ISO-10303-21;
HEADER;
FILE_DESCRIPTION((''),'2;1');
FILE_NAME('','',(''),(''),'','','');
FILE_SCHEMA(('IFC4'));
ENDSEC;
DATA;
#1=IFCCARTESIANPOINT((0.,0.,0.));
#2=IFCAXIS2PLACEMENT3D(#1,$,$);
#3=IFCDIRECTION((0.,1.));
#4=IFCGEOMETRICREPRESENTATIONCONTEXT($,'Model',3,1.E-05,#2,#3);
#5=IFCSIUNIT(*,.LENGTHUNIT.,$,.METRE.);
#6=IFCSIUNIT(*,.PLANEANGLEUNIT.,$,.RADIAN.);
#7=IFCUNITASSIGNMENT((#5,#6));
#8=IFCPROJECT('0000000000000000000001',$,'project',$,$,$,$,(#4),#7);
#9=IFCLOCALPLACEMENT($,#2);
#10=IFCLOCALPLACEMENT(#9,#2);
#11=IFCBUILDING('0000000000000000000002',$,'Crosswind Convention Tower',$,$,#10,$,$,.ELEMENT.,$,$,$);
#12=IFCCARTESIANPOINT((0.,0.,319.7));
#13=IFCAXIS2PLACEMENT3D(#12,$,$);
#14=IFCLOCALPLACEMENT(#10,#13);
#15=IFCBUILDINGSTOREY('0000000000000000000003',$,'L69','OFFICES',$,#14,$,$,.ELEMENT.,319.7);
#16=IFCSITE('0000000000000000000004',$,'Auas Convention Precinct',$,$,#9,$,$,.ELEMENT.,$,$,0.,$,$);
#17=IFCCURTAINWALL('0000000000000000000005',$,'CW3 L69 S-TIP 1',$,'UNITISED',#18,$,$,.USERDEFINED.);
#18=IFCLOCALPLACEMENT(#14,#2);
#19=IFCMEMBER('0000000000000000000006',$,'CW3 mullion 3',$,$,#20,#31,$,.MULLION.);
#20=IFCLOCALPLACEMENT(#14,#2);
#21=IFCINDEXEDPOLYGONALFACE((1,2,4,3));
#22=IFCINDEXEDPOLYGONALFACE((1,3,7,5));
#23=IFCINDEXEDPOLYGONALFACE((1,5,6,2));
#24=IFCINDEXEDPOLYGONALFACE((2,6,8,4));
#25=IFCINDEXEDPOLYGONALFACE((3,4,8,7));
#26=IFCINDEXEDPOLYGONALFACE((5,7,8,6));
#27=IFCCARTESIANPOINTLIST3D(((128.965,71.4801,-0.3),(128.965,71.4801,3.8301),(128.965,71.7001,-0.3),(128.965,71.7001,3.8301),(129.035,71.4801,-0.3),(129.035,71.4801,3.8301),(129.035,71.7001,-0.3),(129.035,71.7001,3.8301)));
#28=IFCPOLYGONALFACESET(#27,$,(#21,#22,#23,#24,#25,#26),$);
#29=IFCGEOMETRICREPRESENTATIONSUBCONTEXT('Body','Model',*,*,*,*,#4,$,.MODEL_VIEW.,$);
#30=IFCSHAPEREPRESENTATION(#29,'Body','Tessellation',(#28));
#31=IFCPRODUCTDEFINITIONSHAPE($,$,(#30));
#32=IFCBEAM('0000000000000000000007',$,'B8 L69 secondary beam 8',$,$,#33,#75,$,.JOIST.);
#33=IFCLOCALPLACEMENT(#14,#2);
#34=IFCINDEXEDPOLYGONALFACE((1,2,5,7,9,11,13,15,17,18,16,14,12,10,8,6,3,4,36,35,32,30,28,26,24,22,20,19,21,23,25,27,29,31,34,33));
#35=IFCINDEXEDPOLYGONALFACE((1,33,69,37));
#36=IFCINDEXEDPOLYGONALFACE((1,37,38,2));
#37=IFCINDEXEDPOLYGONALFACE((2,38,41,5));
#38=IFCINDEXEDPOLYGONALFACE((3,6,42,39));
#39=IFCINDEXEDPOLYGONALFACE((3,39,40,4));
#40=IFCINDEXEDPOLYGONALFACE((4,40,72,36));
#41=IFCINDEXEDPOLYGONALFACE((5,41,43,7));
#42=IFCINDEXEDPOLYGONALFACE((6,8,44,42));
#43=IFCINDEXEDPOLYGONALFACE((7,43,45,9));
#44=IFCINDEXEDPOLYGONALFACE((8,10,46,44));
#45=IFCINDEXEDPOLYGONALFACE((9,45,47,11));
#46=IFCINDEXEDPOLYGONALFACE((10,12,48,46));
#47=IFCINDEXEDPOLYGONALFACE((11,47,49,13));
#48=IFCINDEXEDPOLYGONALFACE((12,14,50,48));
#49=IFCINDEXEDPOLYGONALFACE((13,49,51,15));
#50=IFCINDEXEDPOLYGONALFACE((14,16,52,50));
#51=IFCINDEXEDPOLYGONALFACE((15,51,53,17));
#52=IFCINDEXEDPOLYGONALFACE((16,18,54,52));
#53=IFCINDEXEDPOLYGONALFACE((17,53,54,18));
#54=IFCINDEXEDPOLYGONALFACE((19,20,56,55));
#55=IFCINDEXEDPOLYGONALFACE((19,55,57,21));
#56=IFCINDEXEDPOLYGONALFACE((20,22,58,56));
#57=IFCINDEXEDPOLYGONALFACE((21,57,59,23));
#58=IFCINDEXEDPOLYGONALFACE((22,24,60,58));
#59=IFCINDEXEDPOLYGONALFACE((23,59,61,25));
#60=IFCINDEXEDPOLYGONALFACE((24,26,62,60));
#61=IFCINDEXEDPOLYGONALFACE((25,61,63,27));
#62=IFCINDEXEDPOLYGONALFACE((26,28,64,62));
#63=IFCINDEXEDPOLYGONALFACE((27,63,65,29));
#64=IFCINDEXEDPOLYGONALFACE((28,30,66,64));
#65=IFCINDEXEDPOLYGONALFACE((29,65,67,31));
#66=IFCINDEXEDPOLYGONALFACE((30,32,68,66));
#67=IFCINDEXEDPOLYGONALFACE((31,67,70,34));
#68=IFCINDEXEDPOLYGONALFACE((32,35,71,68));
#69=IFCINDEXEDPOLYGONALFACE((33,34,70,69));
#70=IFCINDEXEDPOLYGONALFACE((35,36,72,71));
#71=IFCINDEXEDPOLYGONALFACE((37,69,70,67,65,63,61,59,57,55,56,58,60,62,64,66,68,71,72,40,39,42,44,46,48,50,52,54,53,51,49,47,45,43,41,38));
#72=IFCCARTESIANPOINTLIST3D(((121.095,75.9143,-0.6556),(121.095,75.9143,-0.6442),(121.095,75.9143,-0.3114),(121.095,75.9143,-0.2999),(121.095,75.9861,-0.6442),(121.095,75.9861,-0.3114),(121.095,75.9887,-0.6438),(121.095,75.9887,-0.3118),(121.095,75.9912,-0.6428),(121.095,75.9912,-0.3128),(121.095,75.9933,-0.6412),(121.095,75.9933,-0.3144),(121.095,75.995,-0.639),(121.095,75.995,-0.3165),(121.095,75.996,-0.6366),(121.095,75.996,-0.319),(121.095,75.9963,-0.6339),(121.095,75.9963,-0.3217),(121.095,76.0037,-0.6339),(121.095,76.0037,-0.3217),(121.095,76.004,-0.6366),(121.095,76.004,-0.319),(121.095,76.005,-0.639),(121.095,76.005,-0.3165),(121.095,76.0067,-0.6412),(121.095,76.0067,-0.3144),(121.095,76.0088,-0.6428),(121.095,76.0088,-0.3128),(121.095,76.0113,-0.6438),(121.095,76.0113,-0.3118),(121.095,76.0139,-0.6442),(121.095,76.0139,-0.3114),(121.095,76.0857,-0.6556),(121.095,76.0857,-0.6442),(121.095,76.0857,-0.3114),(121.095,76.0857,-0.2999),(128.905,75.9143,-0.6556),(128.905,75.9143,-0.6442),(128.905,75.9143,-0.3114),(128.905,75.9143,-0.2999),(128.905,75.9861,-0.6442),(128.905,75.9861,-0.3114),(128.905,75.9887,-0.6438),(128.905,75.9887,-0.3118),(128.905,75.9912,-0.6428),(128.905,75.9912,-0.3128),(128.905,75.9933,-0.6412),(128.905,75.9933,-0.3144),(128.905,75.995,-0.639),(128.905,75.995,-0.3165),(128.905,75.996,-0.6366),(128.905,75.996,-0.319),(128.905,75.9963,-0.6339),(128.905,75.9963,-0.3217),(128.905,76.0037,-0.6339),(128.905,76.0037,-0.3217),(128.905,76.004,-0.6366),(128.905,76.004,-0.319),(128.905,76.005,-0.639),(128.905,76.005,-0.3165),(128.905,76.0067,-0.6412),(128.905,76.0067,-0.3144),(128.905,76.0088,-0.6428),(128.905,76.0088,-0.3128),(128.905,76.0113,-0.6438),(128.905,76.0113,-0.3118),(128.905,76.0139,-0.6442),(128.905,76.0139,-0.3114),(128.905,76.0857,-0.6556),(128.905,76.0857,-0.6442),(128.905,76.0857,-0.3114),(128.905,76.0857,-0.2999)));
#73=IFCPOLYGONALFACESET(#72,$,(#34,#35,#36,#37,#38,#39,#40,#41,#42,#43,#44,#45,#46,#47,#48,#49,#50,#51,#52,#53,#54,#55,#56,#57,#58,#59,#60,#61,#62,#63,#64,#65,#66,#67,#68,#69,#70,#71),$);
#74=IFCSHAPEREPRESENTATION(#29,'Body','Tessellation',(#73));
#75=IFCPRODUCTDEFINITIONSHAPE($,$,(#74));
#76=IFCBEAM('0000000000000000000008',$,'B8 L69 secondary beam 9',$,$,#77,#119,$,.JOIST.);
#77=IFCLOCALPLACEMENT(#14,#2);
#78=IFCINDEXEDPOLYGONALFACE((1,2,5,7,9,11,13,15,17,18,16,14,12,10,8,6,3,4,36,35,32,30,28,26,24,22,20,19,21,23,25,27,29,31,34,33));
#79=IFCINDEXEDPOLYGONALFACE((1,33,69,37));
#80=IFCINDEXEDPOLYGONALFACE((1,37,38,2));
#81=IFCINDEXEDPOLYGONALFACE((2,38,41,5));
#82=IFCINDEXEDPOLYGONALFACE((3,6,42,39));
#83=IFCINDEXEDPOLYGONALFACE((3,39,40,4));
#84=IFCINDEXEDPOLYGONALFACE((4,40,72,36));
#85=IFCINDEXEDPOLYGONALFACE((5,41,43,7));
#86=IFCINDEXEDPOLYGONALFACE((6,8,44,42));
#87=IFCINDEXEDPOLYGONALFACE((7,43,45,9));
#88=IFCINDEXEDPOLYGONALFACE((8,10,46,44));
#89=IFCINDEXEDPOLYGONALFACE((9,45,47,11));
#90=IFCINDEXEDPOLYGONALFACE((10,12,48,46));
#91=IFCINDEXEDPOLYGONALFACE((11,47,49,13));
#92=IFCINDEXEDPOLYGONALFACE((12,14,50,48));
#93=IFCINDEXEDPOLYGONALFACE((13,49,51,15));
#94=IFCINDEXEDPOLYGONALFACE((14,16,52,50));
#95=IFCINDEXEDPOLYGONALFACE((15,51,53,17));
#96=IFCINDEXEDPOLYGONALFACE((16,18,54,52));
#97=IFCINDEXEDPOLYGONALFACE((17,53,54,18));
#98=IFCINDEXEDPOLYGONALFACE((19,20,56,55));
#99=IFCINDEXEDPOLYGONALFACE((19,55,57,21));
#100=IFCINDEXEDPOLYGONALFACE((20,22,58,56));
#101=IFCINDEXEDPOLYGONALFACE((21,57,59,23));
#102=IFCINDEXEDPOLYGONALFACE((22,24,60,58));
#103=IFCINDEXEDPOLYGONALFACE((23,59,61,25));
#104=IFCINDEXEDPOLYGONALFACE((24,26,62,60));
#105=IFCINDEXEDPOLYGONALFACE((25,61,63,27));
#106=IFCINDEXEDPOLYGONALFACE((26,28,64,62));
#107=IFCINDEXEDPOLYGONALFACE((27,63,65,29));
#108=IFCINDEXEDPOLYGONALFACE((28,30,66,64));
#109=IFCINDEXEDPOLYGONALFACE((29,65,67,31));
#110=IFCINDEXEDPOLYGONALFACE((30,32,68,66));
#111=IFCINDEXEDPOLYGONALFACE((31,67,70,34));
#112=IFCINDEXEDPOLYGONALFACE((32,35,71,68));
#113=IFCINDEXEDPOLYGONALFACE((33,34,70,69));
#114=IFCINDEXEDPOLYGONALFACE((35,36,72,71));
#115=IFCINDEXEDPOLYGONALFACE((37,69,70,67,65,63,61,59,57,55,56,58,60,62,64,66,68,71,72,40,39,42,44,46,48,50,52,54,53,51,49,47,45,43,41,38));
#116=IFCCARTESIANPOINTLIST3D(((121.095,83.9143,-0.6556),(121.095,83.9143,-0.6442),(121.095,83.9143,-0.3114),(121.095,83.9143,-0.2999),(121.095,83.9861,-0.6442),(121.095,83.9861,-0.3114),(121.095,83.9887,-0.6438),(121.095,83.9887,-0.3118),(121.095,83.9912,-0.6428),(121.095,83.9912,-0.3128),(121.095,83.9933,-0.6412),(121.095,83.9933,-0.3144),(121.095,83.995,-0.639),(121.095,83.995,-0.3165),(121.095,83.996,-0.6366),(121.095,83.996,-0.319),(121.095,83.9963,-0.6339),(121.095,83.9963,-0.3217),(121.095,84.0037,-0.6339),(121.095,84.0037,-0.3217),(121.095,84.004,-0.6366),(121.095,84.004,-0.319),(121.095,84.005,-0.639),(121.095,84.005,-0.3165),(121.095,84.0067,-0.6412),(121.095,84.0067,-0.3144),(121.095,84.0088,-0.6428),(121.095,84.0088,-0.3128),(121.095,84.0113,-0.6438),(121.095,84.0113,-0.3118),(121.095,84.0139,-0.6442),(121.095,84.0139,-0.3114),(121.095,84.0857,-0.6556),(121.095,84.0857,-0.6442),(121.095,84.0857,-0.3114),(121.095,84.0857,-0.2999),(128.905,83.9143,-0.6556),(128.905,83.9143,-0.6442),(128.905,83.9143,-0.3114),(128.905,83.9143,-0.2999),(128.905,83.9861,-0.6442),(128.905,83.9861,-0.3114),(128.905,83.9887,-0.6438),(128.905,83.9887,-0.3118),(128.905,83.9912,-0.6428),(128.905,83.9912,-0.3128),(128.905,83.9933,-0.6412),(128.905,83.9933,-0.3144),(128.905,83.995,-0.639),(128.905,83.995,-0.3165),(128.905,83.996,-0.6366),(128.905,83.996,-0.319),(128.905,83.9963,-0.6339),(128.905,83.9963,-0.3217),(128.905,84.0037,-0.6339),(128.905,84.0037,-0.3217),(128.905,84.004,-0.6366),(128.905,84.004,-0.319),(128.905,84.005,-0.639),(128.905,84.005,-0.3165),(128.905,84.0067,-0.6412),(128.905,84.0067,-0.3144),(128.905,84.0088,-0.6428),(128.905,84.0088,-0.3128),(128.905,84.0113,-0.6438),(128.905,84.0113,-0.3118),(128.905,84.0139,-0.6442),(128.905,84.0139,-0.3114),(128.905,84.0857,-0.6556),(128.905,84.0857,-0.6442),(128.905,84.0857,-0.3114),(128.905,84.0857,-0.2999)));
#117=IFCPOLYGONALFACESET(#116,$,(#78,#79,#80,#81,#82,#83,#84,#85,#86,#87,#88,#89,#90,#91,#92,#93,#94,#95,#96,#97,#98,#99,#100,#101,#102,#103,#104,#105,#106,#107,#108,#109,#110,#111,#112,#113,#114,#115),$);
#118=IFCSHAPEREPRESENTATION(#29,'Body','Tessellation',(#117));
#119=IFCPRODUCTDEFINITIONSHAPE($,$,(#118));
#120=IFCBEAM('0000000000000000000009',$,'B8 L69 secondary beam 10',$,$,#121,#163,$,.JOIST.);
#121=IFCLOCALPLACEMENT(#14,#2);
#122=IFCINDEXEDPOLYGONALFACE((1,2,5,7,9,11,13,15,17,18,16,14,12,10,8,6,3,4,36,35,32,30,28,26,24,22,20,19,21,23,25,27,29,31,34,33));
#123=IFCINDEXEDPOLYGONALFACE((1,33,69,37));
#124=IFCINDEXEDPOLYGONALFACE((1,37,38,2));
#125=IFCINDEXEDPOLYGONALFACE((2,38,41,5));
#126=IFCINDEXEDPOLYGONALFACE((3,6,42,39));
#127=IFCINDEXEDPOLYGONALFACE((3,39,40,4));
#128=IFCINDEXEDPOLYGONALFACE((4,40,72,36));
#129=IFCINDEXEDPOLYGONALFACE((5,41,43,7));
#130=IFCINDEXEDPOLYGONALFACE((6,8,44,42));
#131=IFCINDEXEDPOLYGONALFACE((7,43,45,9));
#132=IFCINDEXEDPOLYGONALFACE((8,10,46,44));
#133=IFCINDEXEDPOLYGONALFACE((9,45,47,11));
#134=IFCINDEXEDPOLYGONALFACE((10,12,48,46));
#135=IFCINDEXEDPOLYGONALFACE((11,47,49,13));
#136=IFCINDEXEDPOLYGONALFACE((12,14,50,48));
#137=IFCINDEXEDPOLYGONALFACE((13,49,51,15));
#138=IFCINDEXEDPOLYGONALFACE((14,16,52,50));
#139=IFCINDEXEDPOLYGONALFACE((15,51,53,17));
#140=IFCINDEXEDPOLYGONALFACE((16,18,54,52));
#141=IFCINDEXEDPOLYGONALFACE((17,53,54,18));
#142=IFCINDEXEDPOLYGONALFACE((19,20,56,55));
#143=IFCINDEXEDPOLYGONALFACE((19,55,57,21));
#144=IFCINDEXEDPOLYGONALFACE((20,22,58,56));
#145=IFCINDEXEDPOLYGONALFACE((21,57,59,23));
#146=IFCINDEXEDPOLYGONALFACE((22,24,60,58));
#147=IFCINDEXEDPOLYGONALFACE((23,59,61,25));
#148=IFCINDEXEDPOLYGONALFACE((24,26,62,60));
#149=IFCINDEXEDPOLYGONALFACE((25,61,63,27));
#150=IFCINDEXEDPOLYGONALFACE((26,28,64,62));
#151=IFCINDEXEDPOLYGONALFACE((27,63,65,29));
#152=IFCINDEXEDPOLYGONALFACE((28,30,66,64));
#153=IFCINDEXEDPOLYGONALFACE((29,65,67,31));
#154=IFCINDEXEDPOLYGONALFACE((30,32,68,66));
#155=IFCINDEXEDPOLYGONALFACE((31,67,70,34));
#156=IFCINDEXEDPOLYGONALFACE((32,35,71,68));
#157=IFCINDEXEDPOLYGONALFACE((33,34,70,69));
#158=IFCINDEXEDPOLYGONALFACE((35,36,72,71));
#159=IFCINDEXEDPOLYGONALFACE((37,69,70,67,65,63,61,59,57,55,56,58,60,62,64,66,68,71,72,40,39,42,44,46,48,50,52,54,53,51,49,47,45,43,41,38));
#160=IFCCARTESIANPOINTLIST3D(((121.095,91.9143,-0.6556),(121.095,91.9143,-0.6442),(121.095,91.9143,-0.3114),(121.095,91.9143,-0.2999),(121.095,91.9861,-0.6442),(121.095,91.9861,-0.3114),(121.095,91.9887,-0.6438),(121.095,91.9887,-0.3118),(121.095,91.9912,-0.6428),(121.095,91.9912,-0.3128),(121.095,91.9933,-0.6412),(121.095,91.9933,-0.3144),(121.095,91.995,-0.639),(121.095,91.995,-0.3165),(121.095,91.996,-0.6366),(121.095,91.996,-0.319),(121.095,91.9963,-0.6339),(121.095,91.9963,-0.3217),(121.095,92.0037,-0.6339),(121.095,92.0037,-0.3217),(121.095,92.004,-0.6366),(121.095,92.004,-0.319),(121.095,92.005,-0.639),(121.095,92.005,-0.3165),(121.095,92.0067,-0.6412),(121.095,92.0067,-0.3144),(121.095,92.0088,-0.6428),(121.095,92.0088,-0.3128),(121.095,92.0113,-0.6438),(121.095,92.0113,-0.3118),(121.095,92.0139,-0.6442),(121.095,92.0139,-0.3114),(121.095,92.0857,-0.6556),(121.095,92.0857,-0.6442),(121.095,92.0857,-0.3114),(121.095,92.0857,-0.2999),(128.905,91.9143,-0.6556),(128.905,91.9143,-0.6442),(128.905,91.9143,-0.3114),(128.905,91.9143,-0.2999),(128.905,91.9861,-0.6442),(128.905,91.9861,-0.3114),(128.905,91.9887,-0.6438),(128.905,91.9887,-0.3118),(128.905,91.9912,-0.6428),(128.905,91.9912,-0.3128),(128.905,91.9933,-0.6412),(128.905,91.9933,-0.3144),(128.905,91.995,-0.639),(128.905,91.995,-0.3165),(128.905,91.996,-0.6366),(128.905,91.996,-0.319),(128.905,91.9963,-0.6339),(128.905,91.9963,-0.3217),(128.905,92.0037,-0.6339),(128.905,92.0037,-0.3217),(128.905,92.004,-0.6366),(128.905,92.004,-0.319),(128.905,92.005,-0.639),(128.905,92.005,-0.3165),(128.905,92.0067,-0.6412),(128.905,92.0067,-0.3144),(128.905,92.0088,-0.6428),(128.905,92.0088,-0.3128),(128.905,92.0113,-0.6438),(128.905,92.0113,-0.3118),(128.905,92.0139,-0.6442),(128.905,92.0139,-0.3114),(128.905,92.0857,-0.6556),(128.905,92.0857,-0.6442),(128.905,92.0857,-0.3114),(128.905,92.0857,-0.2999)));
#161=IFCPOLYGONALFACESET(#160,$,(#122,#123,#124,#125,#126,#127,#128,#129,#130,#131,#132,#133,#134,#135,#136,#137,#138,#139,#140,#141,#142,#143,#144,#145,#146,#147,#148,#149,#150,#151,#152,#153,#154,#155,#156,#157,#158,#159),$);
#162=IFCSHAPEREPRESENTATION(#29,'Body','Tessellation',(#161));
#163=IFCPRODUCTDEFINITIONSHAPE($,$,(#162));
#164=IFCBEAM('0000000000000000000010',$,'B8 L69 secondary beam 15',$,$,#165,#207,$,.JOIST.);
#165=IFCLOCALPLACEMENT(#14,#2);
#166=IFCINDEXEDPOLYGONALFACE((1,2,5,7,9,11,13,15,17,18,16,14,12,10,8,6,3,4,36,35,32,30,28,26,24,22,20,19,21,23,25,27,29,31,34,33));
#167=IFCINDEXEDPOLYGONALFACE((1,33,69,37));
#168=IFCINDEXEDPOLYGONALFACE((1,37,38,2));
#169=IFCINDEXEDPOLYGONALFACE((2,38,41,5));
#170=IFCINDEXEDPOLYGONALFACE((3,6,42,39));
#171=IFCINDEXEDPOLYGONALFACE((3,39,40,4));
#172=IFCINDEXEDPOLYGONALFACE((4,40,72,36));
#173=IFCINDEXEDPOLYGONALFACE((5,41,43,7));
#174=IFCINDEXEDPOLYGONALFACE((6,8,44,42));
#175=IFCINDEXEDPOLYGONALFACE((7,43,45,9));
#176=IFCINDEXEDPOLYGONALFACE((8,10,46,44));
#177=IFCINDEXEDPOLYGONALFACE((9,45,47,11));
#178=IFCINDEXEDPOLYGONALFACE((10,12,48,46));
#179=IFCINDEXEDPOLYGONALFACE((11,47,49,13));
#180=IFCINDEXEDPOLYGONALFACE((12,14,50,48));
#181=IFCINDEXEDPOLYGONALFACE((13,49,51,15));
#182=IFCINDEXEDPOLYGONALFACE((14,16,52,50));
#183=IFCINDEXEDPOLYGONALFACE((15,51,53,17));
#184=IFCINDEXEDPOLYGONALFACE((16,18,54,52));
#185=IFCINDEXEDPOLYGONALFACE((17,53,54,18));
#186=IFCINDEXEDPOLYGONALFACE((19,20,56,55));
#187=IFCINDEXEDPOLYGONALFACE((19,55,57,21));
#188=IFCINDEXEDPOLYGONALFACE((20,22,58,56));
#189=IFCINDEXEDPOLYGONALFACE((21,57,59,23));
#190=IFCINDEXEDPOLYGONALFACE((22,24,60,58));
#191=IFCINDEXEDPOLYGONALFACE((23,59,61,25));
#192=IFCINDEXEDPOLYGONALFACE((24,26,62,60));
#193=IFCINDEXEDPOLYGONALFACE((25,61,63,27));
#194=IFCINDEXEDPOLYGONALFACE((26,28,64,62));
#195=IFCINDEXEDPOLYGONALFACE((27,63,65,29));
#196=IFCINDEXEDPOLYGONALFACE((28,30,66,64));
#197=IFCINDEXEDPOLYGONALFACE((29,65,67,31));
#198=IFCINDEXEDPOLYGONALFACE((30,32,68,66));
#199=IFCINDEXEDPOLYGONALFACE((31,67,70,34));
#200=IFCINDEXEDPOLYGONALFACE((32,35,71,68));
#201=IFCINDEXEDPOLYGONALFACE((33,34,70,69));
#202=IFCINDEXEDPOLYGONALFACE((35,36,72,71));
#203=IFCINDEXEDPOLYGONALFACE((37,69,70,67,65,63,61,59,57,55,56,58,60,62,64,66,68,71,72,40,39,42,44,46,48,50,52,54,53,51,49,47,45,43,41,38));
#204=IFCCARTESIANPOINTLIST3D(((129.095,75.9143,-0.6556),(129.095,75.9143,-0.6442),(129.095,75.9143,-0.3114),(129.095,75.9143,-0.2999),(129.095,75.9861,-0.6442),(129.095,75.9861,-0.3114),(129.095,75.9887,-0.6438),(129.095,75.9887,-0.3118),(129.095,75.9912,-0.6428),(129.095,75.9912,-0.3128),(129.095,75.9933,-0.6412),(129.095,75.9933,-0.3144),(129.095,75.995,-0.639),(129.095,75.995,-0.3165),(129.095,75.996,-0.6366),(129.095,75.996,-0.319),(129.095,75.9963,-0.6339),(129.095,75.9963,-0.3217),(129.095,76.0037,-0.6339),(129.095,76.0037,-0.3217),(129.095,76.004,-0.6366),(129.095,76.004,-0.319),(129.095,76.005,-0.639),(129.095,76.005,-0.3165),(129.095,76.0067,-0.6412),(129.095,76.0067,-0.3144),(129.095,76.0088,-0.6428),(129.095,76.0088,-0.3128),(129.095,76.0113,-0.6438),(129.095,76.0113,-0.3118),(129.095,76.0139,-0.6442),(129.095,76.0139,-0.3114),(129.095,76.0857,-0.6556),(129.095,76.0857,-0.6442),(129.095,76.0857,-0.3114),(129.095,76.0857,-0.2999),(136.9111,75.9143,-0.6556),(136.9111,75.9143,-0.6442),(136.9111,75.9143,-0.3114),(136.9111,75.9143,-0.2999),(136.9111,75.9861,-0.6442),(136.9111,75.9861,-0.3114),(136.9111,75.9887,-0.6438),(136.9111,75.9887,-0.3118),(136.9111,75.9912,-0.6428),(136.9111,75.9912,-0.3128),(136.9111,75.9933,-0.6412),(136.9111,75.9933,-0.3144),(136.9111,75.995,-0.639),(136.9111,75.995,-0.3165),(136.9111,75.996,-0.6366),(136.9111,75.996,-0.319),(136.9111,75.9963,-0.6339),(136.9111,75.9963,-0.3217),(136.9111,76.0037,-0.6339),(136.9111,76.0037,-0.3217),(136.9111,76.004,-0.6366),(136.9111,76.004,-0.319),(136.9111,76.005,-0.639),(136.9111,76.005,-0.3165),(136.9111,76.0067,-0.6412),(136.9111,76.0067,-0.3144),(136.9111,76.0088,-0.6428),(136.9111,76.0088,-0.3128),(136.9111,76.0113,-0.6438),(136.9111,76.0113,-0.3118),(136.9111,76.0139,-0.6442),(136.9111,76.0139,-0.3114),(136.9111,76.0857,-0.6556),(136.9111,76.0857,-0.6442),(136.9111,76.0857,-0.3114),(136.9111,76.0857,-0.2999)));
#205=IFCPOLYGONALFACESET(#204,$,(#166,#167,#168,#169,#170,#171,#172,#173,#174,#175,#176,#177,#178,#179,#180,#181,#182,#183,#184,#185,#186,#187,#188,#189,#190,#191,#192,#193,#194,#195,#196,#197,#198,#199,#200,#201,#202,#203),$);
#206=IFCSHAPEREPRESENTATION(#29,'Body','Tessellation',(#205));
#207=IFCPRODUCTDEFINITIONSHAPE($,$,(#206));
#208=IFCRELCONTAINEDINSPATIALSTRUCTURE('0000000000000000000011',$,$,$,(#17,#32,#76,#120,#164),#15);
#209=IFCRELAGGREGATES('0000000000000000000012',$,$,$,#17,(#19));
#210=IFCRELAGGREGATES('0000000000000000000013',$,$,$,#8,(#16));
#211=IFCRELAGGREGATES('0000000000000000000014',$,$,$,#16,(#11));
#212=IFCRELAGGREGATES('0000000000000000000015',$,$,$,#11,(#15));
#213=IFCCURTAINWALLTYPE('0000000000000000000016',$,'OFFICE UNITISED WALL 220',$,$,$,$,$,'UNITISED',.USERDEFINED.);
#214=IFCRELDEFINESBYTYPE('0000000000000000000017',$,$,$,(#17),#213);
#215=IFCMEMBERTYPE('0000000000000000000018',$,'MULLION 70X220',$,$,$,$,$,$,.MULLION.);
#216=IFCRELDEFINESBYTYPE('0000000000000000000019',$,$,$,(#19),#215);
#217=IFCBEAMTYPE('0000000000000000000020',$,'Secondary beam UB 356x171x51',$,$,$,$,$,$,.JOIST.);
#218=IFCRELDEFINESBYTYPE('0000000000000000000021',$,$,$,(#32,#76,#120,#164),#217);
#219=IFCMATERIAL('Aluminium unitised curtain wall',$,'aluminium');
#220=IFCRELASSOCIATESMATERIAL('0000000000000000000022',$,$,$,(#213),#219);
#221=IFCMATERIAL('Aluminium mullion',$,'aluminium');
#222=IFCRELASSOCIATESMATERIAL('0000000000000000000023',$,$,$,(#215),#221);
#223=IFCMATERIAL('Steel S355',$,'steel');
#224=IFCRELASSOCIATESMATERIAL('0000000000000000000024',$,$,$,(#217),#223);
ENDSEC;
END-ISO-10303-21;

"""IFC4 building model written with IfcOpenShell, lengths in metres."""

from ifc_helpers import new_model, si_unit, direction, frame, origin, origin_2d, place, context, subcontext, project, spatial, rectangle, i_section, extrude, material, material_profile, profile_set, type_object, element, aggregate, save


model = new_model("IFC4")

# Units and contexts
model_context = context("Model", 3, precision=1e-05, world=origin(), true_north=direction((0.0, 1.0)))
body_context = subcontext(model_context, "Body", "Model", "MODEL_VIEW")
ifc_project = project(units=[si_unit("LENGTHUNIT", "METRE"), si_unit("PLANEANGLEUNIT", "RADIAN")], contexts=[model_context])

# Site, building, storey
site_placement = place(None, origin())
site = spatial("IfcSite", under=ifc_project, at=site_placement, Name="Auas Convention Precinct", CompositionType="ELEMENT", RefElevation=0.0)
building_placement = place(site_placement, origin())
building = spatial("IfcBuilding", under=site, at=building_placement, Name="Crosswind Convention Tower", CompositionType="ELEMENT")
storey_placement = place(building_placement, frame((0.0, 0.0, 319.7)))
storey = spatial("IfcBuildingStorey", under=building, at=storey_placement, Name="L69", Description="OFFICES", CompositionType="ELEMENT", Elevation=319.7)

# Shared definitions
ifc_material_1 = material(Name="Steel S355", Category="steel")

# Curtain wall, member
ifc_material_2 = material(Name="Aluminium unitised curtain wall", Category="aluminium")
curtain_wall_type = type_object("IfcCurtainWallType", Name="OFFICE UNITISED WALL 220", ElementType="UNITISED", PredefinedType="USERDEFINED", material=ifc_material_2)
curtain_wall_placement = place(storey_placement, origin())
curtain_wall = element("IfcCurtainWall", 1, at=curtain_wall_placement, inside=storey, type_object=curtain_wall_type, Name="CW3 L69 S-TIP 1", ObjectType="UNITISED", PredefinedType="USERDEFINED")
ifc_material_3 = material(Name="Aluminium mullion", Category="aluminium")
ifc_material_profile_1 = material_profile(ifc_material_3, rectangle(XDim=0.22, YDim=0.0701, at=origin_2d()), Name="AL 220X70")
ifc_profile_set_1 = profile_set([ifc_material_profile_1], Name="Aluminium mullion")
member_type = type_object("IfcMemberType", Name="MULLION 70X220", PredefinedType="MULLION", material=ifc_profile_set_1)
member_placement = place(storey_placement, frame((129.0, 71.5901, -0.3), z_axis=(0.0, 0.0, 1.0), x_axis=(0.0, -1.0, 0.0)))
member = element("IfcMember", 2, at=member_placement, type_object=member_type, Name="CW3 mullion 3", PredefinedType="MULLION", context=body_context, shape_type="SweptSolid", body=[
    extrude(rectangle(XDim=0.22, YDim=0.0701, at=origin_2d()), origin(), (0.0, 0.0, 1.0), 4.1301),
])

# Beams
ifc_material_profile_2 = material_profile(ifc_material_1, i_section(OverallWidth=0.1714, OverallDepth=0.3557, WebThickness=0.0073, FlangeThickness=0.0115, FilletRadius=0.0103, at=origin_2d()), Name="UB 356x171x51")
ifc_profile_set_2 = profile_set([ifc_material_profile_2], Name="Steel S355")
beam_type_1 = type_object("IfcBeamType", Name="Secondary beam UB 356x171x51", PredefinedType="JOIST", material=ifc_profile_set_2)
for number, where, z_axis, x_axis, name in (
    (3, (121.095, 76.0, -0.4778), (1.0, 0.0, 0.0), (0.0, 1.0, 0.0), "B8 L69 secondary beam 8"),
    (4, (121.095, 84.0, -0.4778), (1.0, 0.0, 0.0), (0.0, 1.0, 0.0), "B8 L69 secondary beam 9"),
    (5, (121.095, 92.0, -0.4778), (1.0, 0.0, 0.0), (0.0, 1.0, 0.0), "B8 L69 secondary beam 10"),
):
    element("IfcBeam", number, at=place(storey_placement, frame(where, z_axis=z_axis, x_axis=x_axis)), inside=storey, type_object=beam_type_1, Name=name, PredefinedType="JOIST", context=body_context, shape_type="SweptSolid", body=[
        extrude(i_section(OverallWidth=0.1714, OverallDepth=0.3557, WebThickness=0.0073, FlangeThickness=0.0115, FilletRadius=0.0103, at=origin_2d()), origin(), (0.0, 0.0, 1.0), 7.8101),
    ])
for number, where, z_axis, x_axis, name in (
    (6, (129.095, 76.0, -0.4778), (1.0, 0.0, 0.0), (0.0, 1.0, 0.0), "B8 L69 secondary beam 15"),
):
    element("IfcBeam", number, at=place(storey_placement, frame(where, z_axis=z_axis, x_axis=x_axis)), inside=storey, type_object=beam_type_1, Name=name, PredefinedType="JOIST", context=body_context, shape_type="SweptSolid", body=[
        extrude(i_section(OverallWidth=0.1714, OverallDepth=0.3557, WebThickness=0.0073, FlangeThickness=0.0115, FilletRadius=0.0103, at=origin_2d()), origin(), (0.0, 0.0, 1.0), 7.8162),
    ])

aggregate(curtain_wall, [member])

save(model, "model.ifc")
